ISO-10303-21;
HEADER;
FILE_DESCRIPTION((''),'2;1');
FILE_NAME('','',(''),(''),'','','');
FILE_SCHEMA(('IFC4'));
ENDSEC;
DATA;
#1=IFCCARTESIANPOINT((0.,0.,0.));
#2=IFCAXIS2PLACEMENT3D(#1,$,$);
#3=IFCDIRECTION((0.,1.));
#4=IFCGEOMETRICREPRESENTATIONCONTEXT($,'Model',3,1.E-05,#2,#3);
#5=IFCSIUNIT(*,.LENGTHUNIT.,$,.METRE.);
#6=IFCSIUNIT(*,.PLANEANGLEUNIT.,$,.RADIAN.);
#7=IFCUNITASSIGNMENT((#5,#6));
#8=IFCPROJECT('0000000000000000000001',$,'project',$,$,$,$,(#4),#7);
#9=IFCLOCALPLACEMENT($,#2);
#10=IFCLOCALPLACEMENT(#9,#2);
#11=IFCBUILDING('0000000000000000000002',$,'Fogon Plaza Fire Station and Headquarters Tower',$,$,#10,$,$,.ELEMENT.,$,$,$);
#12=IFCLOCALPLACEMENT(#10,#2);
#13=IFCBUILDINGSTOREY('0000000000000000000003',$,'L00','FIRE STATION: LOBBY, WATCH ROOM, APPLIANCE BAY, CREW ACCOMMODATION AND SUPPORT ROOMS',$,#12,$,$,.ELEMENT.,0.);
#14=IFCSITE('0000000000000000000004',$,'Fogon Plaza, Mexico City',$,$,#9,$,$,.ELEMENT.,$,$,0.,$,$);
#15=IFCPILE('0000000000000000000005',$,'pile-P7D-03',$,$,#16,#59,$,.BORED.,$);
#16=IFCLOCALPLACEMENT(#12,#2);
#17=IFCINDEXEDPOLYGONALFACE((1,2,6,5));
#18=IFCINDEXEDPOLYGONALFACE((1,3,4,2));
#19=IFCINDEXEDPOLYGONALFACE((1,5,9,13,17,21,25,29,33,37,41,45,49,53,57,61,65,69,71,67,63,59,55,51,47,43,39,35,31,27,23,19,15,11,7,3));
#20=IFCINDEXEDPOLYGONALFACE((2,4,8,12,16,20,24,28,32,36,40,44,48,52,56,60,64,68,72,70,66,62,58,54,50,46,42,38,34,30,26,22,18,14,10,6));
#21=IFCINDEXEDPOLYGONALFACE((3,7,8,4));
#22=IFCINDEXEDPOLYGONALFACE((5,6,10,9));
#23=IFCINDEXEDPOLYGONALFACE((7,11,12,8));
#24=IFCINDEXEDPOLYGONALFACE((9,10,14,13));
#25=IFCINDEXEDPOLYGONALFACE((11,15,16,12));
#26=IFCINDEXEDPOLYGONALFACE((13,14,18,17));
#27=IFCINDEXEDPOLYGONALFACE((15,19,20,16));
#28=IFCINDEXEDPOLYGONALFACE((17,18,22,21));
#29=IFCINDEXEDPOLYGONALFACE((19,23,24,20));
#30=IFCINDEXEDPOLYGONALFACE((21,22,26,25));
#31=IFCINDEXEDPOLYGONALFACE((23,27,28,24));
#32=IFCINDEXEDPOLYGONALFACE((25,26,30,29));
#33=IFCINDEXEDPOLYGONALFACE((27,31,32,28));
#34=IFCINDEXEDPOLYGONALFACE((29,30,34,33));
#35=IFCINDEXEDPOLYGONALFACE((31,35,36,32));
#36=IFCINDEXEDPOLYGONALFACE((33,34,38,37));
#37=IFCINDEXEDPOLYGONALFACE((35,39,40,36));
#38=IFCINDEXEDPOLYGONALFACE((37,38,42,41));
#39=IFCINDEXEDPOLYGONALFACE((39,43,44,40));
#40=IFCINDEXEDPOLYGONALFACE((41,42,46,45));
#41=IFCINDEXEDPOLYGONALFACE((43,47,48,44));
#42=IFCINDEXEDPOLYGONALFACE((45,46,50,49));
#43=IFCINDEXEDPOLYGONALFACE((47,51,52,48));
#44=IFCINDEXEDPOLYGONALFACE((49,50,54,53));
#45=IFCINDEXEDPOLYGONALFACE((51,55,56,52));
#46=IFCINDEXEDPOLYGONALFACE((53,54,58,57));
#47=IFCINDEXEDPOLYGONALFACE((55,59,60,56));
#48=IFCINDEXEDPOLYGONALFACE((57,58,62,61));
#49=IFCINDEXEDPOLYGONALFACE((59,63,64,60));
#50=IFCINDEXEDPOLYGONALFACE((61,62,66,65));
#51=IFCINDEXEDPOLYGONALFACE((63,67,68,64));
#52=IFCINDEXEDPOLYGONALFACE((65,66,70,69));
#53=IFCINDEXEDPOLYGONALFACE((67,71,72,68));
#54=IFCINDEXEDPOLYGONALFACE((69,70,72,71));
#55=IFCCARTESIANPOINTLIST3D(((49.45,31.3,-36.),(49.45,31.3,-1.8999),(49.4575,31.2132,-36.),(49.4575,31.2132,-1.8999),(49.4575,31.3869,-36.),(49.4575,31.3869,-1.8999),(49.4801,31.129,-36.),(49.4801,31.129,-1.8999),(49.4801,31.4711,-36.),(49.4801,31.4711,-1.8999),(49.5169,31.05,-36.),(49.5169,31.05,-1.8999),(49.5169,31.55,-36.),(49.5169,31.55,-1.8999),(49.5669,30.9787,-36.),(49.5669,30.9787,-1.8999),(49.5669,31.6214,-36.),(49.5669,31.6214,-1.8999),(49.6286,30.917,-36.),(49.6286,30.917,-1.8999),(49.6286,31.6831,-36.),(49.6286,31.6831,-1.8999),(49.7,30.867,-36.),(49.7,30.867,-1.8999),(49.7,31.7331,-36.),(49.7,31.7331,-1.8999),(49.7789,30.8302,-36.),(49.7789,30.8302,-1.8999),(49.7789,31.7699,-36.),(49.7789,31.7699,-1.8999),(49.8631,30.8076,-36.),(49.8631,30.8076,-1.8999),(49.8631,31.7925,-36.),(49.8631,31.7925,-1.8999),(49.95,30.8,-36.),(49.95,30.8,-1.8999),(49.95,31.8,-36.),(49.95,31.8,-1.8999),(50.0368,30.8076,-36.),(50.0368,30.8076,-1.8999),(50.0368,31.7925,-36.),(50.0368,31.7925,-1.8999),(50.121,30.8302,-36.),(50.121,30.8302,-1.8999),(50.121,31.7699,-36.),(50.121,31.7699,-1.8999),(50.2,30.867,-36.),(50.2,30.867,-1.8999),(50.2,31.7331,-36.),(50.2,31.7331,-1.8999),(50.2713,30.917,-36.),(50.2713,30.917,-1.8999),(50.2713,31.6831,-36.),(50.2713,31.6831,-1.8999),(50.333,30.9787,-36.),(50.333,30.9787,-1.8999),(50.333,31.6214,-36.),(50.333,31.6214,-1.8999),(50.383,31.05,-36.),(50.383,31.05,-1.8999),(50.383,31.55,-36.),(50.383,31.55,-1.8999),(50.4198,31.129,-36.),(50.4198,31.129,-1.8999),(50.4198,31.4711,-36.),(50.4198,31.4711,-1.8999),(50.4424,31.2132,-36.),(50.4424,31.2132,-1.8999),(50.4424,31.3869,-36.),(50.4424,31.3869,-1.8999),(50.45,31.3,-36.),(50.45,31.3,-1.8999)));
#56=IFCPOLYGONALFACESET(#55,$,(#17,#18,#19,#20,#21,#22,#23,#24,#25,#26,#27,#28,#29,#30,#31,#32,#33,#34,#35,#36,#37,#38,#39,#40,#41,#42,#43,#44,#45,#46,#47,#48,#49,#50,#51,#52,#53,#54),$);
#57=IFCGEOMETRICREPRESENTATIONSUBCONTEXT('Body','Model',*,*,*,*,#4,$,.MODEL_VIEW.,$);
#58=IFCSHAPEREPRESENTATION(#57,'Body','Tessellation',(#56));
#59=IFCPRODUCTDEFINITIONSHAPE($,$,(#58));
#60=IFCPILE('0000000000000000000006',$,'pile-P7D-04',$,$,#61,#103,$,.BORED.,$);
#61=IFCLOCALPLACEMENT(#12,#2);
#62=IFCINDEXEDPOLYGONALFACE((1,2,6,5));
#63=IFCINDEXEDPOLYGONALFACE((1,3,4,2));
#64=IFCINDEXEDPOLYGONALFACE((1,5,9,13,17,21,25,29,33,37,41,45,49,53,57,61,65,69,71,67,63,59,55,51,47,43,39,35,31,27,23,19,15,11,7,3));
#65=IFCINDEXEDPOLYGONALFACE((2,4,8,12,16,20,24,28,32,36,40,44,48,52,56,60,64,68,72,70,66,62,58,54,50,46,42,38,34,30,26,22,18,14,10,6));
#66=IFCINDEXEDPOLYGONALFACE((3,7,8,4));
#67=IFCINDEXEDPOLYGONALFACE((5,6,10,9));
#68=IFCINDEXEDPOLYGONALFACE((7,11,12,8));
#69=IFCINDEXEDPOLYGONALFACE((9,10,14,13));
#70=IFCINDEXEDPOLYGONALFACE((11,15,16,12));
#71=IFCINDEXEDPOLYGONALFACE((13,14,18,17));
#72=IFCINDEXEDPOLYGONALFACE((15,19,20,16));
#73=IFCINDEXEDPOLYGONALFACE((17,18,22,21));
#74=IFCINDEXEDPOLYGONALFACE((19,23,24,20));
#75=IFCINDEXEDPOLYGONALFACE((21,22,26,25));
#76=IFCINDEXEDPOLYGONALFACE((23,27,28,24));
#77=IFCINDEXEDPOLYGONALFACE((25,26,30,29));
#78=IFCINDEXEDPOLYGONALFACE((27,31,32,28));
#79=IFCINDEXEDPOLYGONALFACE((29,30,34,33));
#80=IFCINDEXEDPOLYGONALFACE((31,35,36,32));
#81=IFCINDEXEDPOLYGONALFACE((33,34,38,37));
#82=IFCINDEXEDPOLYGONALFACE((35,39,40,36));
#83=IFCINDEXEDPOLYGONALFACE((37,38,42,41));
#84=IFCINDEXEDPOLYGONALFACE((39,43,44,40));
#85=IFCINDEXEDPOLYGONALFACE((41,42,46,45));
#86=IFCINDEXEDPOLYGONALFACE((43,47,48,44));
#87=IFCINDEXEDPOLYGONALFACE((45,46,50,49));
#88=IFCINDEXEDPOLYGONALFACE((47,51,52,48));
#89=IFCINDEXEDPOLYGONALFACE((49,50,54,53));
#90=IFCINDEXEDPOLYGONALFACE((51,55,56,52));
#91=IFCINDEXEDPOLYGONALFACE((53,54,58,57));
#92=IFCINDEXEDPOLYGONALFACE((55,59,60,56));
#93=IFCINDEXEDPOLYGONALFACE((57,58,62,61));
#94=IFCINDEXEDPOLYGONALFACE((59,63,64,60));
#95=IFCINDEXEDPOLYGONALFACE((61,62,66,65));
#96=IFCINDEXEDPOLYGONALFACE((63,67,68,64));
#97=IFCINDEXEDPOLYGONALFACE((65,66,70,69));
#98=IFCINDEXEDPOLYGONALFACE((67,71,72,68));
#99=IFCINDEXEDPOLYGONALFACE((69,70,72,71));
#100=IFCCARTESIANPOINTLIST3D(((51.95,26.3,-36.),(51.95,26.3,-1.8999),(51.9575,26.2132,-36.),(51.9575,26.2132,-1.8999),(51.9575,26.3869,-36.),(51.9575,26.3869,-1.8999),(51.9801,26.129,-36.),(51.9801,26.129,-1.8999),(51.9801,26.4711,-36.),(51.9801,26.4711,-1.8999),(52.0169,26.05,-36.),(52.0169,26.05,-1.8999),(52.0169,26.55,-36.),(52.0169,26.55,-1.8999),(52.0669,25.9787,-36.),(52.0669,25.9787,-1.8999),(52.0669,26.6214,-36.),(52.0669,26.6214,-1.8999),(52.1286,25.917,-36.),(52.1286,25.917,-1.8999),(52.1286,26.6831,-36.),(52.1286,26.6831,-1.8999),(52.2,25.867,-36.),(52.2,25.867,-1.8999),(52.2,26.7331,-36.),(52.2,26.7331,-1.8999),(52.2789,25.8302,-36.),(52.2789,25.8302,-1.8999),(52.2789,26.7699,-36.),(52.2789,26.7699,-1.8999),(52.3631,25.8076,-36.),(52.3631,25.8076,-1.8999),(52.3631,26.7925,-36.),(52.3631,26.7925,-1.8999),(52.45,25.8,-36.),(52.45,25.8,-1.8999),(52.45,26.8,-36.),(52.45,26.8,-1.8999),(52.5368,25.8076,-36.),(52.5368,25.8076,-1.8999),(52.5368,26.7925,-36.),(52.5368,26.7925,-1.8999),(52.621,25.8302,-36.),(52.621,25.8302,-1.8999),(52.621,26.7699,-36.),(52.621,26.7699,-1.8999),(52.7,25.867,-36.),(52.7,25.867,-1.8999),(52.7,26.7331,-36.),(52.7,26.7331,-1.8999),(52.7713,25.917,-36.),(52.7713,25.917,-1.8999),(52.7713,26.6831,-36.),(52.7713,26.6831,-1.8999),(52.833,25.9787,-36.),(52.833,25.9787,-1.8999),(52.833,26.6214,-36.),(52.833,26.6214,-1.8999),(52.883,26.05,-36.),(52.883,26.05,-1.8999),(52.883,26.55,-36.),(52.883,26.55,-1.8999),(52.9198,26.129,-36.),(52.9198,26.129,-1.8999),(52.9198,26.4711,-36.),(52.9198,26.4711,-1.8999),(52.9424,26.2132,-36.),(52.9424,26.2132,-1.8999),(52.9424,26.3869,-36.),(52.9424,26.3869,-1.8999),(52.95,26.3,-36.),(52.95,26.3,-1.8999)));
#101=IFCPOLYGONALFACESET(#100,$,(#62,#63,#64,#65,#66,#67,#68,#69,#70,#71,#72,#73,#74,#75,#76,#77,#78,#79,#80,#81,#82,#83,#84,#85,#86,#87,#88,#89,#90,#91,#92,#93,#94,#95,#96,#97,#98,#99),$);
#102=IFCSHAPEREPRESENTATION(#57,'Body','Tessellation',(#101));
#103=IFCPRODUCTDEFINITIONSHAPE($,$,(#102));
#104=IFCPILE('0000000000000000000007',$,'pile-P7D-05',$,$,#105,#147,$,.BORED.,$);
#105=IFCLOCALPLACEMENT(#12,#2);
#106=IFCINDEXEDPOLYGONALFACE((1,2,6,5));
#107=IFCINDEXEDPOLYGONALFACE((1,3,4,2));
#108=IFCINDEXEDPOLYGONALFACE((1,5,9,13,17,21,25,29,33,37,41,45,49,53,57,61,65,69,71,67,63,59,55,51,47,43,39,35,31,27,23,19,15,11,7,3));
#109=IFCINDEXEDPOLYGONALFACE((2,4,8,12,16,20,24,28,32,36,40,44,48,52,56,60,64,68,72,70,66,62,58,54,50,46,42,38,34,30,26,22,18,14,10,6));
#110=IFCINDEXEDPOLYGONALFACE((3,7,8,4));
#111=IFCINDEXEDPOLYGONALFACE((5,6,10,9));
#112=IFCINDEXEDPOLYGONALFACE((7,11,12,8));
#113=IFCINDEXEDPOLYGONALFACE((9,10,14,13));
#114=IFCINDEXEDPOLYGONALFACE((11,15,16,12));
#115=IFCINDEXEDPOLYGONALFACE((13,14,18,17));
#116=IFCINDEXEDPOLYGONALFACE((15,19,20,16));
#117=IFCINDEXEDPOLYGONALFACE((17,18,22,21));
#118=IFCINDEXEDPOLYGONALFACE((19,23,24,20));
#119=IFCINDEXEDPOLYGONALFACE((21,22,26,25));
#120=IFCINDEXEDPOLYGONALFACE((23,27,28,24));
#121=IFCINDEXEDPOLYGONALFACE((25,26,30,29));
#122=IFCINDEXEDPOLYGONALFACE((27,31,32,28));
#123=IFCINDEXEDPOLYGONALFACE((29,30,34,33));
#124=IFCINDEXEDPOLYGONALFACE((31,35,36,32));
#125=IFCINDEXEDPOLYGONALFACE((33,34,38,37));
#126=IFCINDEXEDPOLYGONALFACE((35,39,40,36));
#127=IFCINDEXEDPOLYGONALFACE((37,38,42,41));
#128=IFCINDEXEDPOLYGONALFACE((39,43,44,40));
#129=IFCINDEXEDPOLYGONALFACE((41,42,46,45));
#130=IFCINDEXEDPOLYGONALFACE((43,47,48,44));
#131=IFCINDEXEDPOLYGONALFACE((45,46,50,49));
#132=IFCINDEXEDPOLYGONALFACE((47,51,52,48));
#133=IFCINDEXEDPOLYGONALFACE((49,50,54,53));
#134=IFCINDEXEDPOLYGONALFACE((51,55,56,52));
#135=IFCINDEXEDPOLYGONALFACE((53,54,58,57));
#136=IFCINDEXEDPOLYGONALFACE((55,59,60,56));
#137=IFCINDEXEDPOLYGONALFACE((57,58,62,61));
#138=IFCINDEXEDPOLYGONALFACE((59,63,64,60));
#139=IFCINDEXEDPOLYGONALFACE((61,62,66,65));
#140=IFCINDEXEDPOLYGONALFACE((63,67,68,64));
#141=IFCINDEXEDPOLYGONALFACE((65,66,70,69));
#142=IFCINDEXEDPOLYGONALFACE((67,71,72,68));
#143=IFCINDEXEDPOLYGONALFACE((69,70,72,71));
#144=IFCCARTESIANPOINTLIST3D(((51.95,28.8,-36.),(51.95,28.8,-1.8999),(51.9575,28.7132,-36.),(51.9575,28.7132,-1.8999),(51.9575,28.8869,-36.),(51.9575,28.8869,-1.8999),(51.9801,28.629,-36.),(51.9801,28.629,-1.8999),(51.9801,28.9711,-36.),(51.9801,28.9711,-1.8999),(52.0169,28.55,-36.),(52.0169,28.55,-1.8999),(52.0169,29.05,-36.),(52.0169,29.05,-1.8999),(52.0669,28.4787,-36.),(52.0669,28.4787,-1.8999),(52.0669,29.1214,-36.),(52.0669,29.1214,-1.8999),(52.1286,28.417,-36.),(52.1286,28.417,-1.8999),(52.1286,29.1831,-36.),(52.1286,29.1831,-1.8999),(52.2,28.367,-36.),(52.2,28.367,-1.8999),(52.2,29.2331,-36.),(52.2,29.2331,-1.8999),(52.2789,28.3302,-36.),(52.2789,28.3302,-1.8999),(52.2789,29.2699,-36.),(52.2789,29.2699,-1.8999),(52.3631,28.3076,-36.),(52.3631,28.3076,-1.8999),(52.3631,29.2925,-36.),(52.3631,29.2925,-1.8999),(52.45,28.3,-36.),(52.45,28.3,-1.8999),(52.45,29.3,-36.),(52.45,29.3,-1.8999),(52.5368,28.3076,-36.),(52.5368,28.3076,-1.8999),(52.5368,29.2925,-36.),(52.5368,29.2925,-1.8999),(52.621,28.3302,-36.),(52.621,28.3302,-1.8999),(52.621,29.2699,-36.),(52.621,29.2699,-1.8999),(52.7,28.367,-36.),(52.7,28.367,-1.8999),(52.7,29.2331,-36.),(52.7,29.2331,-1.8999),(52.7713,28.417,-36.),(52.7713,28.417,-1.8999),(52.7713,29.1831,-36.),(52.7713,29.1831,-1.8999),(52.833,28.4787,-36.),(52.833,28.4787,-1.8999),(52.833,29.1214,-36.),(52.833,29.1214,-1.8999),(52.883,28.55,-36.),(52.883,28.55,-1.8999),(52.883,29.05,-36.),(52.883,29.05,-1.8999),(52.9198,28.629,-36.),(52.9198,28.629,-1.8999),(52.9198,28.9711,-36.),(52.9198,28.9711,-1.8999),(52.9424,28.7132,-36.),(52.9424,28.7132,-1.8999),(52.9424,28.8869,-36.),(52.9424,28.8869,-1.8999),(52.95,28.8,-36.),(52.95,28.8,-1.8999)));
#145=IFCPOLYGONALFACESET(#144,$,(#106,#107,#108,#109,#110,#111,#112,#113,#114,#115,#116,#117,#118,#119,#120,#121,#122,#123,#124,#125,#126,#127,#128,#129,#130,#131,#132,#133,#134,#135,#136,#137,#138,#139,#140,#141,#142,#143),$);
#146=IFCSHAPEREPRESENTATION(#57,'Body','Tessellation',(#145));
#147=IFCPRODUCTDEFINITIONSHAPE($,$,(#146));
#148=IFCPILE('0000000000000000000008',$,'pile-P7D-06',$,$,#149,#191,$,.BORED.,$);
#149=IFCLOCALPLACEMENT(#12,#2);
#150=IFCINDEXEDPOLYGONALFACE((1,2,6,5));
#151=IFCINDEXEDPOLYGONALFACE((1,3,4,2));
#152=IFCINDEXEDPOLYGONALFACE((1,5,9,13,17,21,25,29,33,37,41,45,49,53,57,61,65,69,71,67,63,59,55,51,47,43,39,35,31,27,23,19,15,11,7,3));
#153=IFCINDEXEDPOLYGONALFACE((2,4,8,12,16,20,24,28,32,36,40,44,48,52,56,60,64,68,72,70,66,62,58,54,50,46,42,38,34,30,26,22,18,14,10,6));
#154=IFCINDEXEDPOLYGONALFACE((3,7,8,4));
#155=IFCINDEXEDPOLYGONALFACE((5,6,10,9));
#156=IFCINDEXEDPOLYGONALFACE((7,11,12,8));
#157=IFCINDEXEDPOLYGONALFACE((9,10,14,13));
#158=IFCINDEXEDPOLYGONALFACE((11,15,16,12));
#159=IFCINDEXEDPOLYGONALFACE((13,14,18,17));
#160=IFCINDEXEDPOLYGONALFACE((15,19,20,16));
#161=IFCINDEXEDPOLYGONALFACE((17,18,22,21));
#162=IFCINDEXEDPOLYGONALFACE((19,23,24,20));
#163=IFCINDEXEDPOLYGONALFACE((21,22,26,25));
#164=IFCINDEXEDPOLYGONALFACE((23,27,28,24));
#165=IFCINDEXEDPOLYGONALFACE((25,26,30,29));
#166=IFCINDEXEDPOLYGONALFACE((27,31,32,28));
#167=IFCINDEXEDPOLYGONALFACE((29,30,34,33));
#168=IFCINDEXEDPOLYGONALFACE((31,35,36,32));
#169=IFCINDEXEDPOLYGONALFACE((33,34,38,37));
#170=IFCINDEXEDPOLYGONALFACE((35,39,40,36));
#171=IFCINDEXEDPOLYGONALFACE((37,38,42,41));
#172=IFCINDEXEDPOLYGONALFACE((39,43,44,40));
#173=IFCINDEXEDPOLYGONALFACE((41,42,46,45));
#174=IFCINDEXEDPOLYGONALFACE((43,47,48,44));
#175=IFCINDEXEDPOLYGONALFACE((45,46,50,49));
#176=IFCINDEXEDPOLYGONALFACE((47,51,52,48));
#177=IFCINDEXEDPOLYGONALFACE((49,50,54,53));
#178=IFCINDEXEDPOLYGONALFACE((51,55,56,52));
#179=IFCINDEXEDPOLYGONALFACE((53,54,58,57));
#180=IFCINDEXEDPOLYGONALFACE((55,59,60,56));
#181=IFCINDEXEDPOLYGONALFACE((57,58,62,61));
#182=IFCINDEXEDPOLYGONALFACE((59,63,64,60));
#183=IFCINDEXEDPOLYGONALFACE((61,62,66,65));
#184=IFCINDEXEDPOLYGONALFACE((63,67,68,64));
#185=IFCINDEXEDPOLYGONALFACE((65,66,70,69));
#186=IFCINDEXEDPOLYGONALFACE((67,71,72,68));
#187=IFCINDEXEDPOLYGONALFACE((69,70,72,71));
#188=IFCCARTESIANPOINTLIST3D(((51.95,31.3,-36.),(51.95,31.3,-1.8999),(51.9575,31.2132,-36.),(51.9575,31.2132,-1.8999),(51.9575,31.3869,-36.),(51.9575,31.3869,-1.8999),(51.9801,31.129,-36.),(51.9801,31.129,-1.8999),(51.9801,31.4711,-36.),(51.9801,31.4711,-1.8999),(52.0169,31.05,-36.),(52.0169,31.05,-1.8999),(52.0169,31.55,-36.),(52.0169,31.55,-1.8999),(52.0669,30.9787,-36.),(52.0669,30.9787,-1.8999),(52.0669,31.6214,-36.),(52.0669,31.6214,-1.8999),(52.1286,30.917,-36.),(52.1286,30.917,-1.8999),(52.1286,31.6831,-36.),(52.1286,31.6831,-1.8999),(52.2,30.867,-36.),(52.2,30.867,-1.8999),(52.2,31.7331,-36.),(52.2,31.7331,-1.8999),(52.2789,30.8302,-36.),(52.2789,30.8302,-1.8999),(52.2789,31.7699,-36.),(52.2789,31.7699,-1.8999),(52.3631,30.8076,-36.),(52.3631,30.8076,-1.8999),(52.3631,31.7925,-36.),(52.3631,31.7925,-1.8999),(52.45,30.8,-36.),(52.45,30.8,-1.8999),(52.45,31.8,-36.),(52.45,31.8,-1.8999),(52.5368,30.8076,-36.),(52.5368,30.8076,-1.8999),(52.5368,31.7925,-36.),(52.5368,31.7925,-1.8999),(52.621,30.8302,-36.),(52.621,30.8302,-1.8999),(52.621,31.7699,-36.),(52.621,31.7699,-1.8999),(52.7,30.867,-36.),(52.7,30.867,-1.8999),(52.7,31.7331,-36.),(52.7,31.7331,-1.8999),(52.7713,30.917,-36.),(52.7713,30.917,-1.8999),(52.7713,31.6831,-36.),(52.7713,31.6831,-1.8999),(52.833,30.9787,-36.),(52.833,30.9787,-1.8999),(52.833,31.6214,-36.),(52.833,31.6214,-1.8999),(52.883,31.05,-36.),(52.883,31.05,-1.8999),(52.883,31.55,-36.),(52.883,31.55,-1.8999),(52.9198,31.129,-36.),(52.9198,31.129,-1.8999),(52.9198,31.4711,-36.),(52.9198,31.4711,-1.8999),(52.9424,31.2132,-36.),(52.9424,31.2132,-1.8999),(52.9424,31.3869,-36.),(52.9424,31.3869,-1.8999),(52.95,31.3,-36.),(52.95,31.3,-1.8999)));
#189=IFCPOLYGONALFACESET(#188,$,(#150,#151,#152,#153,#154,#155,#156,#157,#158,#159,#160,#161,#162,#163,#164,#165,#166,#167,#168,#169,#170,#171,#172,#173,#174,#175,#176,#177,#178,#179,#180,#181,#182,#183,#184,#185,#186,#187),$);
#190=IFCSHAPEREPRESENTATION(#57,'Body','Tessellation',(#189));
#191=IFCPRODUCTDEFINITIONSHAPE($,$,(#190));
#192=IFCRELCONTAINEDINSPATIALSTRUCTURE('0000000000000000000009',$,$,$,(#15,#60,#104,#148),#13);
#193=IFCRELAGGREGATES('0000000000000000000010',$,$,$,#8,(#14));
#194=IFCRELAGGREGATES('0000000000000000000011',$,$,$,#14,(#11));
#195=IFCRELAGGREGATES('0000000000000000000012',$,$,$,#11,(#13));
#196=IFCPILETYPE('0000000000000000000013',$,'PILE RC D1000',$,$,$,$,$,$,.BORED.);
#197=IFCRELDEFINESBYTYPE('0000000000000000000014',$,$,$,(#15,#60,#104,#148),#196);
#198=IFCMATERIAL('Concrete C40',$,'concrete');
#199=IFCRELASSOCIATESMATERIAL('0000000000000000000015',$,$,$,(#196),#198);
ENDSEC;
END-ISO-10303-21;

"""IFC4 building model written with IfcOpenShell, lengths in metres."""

from ifc_helpers import new_model, si_unit, direction, frame, origin, origin_2d, place, context, subcontext, project, spatial, circle, extrude, material, material_profile, profile_set, type_object, element, save


model = new_model("IFC4")

# Units and contexts
model_context = context("Model", 3, precision=1e-05, world=origin(), true_north=direction((0.0, 1.0)))
body_context = subcontext(model_context, "Body", "Model", "MODEL_VIEW")
ifc_project = project(units=[si_unit("LENGTHUNIT", "METRE"), si_unit("PLANEANGLEUNIT", "RADIAN")], contexts=[model_context])

# Site, building, storey
site_placement = place(None, origin())
site = spatial("IfcSite", under=ifc_project, at=site_placement, Name="Fogon Plaza, Mexico City", CompositionType="ELEMENT", RefElevation=0.0)
building_placement = place(site_placement, origin())
building = spatial("IfcBuilding", under=site, at=building_placement, Name="Fogon Plaza Fire Station and Headquarters Tower", CompositionType="ELEMENT")
storey_placement = place(building_placement, origin())
storey = spatial("IfcBuildingStorey", under=building, at=storey_placement, Name="L00", Description="FIRE STATION: LOBBY, WATCH ROOM, APPLIANCE BAY, CREW ACCOMMODATION AND SUPPORT ROOMS", CompositionType="ELEMENT", Elevation=0.0)

# Piles
ifc_material_1 = material(Name="Concrete C40", Category="concrete")
ifc_material_profile_1 = material_profile(ifc_material_1, circle(Radius=0.5, at=origin_2d()), Name="RC D1000")
ifc_profile_set_1 = profile_set([ifc_material_profile_1], Name="Concrete C40")
pile_type = type_object("IfcPileType", Name="PILE RC D1000", PredefinedType="BORED", material=ifc_profile_set_1)
for number, where, z_axis, x_axis, name in (
    (1, (49.95, 31.3, -1.8999), (0.0, 0.0, -1.0), (1.0, 0.0, 0.0), "pile-P7D-03"),
    (2, (52.45, 26.3, -1.8999), (0.0, 0.0, -1.0), (1.0, 0.0, 0.0), "pile-P7D-04"),
    (3, (52.45, 28.8, -1.8999), (0.0, 0.0, -1.0), (1.0, 0.0, 0.0), "pile-P7D-05"),
    (4, (52.45, 31.3, -1.8999), (0.0, 0.0, -1.0), (1.0, 0.0, 0.0), "pile-P7D-06"),
):
    element("IfcPile", number, at=place(storey_placement, frame(where, z_axis=z_axis, x_axis=x_axis)), inside=storey, type_object=pile_type, Name=name, PredefinedType="BORED", context=body_context, shape_type="SweptSolid", body=[
        extrude(circle(Radius=0.5, at=origin_2d()), origin(), (0.0, 0.0, 1.0), 34.1001),
    ])

save(model, "model.ifc")
